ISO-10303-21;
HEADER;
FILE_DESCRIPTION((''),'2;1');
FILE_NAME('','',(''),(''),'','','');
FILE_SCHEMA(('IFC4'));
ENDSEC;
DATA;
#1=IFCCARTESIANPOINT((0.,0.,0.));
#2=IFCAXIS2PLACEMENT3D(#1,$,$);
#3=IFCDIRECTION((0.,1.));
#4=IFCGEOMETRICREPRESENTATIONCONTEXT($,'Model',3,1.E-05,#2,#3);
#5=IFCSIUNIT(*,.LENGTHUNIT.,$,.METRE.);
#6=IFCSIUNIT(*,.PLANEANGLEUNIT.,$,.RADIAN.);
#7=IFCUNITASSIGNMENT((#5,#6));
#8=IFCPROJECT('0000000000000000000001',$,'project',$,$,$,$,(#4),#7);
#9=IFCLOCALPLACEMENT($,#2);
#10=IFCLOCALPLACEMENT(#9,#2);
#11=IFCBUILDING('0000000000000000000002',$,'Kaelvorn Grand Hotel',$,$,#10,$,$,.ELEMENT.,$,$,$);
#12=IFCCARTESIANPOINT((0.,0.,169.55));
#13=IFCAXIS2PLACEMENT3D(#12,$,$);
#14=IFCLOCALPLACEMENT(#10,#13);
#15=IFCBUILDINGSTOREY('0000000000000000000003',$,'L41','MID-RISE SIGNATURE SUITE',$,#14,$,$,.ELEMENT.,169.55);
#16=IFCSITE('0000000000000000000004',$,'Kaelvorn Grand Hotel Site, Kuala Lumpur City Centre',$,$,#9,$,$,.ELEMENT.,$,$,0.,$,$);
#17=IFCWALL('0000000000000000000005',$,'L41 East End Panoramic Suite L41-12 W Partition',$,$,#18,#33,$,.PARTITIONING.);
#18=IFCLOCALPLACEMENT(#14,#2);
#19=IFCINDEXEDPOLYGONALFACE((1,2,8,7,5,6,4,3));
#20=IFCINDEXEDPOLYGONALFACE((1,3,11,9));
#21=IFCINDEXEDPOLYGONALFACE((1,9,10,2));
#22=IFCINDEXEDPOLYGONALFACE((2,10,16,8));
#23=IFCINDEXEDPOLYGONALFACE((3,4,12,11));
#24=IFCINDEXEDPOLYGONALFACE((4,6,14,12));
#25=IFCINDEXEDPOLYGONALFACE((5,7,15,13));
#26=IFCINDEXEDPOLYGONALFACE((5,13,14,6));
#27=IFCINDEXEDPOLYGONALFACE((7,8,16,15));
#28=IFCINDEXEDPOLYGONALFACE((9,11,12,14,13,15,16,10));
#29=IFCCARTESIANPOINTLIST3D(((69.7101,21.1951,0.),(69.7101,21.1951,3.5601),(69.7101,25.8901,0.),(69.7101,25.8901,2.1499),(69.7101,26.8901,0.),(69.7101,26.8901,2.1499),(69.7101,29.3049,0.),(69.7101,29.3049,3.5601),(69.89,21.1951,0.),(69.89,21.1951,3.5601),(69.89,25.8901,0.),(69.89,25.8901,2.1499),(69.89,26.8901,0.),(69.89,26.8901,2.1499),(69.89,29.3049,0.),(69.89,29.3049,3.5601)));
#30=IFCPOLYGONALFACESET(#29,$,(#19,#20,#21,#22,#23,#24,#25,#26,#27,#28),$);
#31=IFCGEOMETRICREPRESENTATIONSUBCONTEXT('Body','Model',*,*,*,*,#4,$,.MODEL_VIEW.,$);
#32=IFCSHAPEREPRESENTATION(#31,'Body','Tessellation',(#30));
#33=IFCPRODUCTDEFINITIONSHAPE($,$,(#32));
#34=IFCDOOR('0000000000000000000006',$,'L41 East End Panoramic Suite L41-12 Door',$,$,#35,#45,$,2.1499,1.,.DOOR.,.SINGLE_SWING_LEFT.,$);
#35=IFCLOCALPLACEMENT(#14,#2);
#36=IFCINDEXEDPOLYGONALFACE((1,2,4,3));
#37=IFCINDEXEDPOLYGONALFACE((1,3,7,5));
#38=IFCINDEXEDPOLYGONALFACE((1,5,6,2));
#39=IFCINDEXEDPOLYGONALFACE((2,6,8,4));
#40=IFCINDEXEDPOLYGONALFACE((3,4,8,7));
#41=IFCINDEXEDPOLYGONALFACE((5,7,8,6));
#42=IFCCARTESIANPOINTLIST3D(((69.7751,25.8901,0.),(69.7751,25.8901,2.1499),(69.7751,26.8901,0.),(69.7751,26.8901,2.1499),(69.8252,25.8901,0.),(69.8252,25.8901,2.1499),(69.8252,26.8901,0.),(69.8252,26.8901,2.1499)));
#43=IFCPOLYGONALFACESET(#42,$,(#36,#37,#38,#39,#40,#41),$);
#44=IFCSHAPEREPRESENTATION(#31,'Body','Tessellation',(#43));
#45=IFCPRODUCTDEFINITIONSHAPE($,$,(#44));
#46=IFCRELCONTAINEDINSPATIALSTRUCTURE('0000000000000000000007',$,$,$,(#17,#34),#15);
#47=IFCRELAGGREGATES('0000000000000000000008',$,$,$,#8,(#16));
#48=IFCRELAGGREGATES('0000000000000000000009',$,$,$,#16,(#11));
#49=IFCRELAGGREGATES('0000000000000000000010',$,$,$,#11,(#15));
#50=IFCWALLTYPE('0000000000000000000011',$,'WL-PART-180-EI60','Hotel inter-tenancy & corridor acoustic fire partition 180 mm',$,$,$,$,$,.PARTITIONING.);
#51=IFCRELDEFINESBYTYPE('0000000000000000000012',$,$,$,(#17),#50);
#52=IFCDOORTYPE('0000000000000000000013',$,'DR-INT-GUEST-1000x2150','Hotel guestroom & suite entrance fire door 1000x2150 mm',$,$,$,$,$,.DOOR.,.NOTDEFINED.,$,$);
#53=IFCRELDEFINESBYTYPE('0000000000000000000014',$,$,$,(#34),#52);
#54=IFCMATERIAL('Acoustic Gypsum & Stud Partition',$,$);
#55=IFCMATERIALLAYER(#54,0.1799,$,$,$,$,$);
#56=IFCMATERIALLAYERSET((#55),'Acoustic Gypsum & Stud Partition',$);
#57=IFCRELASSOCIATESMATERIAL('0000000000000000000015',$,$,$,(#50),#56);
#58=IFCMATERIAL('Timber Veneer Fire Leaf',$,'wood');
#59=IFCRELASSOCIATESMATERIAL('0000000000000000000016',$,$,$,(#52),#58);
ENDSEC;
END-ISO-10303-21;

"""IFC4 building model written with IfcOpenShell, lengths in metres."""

from ifc_helpers import new_model, si_unit, direction, frame, frame_2d, origin, place, context, subcontext, project, spatial, rectangle, extrude, material, layer, layer_set, type_object, element, fill, save


model = new_model("IFC4")

# Units and contexts
model_context = context("Model", 3, precision=1e-05, world=origin(), true_north=direction((0.0, 1.0)))
body_context = subcontext(model_context, "Body", "Model", "MODEL_VIEW")
ifc_project = project(units=[si_unit("LENGTHUNIT", "METRE"), si_unit("PLANEANGLEUNIT", "RADIAN")], contexts=[model_context])

# Site, building, storey
site_placement = place(None, origin())
site = spatial("IfcSite", under=ifc_project, at=site_placement, Name="Kaelvorn Grand Hotel Site, Kuala Lumpur City Centre", CompositionType="ELEMENT", RefElevation=0.0)
building_placement = place(site_placement, origin())
building = spatial("IfcBuilding", under=site, at=building_placement, Name="Kaelvorn Grand Hotel", CompositionType="ELEMENT")
storey_placement = place(building_placement, frame((0.0, 0.0, 169.55)))
storey = spatial("IfcBuildingStorey", under=building, at=storey_placement, Name="L41", Description="MID-RISE SIGNATURE SUITE", CompositionType="ELEMENT", Elevation=169.55)

# Shared definitions
ifc_material_1 = material(Name="Acoustic Gypsum & Stud Partition")
ifc_layer_1 = layer(ifc_material_1, 0.1799)
ifc_layer_set_1 = layer_set([ifc_layer_1], Name="Acoustic Gypsum & Stud Partition")
wall_type_1 = type_object("IfcWallType", Name="WL-PART-180-EI60", Description="Hotel inter-tenancy & corridor acoustic fire partition 180 mm", PredefinedType="PARTITIONING", material=ifc_layer_set_1)

# Shared definitions
ifc_material_2 = material(Name="Timber Veneer Fire Leaf", Category="wood")
door_type_1 = type_object("IfcDoorType", Name="DR-INT-GUEST-1000x2150", Description="Hotel guestroom & suite entrance fire door 1000x2150 mm", OperationType="NOTDEFINED", PredefinedType="DOOR", material=ifc_material_2)

# Wall, opening, door
wall_1_placement = place(storey_placement, frame((69.8, 21.1951, 0.0), z_axis=(0.0, 0.0, 1.0), x_axis=(0.0, 1.0, 0.0)))
wall_1 = element("IfcWall", 1, at=wall_1_placement, inside=storey, type_object=wall_type_1, Name="L41 East End Panoramic Suite L41-12 W Partition", PredefinedType="PARTITIONING", context=body_context, shape_type="SweptSolid", body=[
    extrude(rectangle(XDim=8.1099, YDim=0.1799, at=frame_2d((4.0549, 0.0))), origin(), (0.0, 0.0, 1.0), 3.5601),
])
opening_1_placement = place(wall_1_placement, frame((4.6951, 0.0, 0.0)))
opening_1 = element("IfcOpeningElement", 2, at=opening_1_placement, cuts=wall_1, PredefinedType="OPENING", context=body_context, shape_type="SweptSolid", body=[
    extrude(rectangle(XDim=1.0, YDim=2.1499, at=frame_2d((0.5, 1.075))), frame((0.0, 0.1001, 0.0), z_axis=(0.0, -1.0, 0.0), x_axis=(1.0, 0.0, 0.0)), (0.0, 0.0, 1.0), 0.2),
])
door_1_placement = place(opening_1_placement, origin())
door_1 = element("IfcDoor", 3, at=door_1_placement, inside=storey, type_object=door_type_1, Name="L41 East End Panoramic Suite L41-12 Door", OperationType="SINGLE_SWING_LEFT", OverallHeight=2.1499, OverallWidth=1.0, PredefinedType="DOOR", context=body_context, shape_type="SweptSolid", body=[
    extrude(rectangle(XDim=1.0, YDim=2.1499, at=frame_2d((0.5, 1.075))), frame((0.0, 0.0249, 0.0), z_axis=(0.0, -1.0, 0.0), x_axis=(1.0, 0.0, 0.0)), (0.0, 0.0, 1.0), 0.05),
])
fill(opening_1, door_1)

save(model, "model.ifc")
